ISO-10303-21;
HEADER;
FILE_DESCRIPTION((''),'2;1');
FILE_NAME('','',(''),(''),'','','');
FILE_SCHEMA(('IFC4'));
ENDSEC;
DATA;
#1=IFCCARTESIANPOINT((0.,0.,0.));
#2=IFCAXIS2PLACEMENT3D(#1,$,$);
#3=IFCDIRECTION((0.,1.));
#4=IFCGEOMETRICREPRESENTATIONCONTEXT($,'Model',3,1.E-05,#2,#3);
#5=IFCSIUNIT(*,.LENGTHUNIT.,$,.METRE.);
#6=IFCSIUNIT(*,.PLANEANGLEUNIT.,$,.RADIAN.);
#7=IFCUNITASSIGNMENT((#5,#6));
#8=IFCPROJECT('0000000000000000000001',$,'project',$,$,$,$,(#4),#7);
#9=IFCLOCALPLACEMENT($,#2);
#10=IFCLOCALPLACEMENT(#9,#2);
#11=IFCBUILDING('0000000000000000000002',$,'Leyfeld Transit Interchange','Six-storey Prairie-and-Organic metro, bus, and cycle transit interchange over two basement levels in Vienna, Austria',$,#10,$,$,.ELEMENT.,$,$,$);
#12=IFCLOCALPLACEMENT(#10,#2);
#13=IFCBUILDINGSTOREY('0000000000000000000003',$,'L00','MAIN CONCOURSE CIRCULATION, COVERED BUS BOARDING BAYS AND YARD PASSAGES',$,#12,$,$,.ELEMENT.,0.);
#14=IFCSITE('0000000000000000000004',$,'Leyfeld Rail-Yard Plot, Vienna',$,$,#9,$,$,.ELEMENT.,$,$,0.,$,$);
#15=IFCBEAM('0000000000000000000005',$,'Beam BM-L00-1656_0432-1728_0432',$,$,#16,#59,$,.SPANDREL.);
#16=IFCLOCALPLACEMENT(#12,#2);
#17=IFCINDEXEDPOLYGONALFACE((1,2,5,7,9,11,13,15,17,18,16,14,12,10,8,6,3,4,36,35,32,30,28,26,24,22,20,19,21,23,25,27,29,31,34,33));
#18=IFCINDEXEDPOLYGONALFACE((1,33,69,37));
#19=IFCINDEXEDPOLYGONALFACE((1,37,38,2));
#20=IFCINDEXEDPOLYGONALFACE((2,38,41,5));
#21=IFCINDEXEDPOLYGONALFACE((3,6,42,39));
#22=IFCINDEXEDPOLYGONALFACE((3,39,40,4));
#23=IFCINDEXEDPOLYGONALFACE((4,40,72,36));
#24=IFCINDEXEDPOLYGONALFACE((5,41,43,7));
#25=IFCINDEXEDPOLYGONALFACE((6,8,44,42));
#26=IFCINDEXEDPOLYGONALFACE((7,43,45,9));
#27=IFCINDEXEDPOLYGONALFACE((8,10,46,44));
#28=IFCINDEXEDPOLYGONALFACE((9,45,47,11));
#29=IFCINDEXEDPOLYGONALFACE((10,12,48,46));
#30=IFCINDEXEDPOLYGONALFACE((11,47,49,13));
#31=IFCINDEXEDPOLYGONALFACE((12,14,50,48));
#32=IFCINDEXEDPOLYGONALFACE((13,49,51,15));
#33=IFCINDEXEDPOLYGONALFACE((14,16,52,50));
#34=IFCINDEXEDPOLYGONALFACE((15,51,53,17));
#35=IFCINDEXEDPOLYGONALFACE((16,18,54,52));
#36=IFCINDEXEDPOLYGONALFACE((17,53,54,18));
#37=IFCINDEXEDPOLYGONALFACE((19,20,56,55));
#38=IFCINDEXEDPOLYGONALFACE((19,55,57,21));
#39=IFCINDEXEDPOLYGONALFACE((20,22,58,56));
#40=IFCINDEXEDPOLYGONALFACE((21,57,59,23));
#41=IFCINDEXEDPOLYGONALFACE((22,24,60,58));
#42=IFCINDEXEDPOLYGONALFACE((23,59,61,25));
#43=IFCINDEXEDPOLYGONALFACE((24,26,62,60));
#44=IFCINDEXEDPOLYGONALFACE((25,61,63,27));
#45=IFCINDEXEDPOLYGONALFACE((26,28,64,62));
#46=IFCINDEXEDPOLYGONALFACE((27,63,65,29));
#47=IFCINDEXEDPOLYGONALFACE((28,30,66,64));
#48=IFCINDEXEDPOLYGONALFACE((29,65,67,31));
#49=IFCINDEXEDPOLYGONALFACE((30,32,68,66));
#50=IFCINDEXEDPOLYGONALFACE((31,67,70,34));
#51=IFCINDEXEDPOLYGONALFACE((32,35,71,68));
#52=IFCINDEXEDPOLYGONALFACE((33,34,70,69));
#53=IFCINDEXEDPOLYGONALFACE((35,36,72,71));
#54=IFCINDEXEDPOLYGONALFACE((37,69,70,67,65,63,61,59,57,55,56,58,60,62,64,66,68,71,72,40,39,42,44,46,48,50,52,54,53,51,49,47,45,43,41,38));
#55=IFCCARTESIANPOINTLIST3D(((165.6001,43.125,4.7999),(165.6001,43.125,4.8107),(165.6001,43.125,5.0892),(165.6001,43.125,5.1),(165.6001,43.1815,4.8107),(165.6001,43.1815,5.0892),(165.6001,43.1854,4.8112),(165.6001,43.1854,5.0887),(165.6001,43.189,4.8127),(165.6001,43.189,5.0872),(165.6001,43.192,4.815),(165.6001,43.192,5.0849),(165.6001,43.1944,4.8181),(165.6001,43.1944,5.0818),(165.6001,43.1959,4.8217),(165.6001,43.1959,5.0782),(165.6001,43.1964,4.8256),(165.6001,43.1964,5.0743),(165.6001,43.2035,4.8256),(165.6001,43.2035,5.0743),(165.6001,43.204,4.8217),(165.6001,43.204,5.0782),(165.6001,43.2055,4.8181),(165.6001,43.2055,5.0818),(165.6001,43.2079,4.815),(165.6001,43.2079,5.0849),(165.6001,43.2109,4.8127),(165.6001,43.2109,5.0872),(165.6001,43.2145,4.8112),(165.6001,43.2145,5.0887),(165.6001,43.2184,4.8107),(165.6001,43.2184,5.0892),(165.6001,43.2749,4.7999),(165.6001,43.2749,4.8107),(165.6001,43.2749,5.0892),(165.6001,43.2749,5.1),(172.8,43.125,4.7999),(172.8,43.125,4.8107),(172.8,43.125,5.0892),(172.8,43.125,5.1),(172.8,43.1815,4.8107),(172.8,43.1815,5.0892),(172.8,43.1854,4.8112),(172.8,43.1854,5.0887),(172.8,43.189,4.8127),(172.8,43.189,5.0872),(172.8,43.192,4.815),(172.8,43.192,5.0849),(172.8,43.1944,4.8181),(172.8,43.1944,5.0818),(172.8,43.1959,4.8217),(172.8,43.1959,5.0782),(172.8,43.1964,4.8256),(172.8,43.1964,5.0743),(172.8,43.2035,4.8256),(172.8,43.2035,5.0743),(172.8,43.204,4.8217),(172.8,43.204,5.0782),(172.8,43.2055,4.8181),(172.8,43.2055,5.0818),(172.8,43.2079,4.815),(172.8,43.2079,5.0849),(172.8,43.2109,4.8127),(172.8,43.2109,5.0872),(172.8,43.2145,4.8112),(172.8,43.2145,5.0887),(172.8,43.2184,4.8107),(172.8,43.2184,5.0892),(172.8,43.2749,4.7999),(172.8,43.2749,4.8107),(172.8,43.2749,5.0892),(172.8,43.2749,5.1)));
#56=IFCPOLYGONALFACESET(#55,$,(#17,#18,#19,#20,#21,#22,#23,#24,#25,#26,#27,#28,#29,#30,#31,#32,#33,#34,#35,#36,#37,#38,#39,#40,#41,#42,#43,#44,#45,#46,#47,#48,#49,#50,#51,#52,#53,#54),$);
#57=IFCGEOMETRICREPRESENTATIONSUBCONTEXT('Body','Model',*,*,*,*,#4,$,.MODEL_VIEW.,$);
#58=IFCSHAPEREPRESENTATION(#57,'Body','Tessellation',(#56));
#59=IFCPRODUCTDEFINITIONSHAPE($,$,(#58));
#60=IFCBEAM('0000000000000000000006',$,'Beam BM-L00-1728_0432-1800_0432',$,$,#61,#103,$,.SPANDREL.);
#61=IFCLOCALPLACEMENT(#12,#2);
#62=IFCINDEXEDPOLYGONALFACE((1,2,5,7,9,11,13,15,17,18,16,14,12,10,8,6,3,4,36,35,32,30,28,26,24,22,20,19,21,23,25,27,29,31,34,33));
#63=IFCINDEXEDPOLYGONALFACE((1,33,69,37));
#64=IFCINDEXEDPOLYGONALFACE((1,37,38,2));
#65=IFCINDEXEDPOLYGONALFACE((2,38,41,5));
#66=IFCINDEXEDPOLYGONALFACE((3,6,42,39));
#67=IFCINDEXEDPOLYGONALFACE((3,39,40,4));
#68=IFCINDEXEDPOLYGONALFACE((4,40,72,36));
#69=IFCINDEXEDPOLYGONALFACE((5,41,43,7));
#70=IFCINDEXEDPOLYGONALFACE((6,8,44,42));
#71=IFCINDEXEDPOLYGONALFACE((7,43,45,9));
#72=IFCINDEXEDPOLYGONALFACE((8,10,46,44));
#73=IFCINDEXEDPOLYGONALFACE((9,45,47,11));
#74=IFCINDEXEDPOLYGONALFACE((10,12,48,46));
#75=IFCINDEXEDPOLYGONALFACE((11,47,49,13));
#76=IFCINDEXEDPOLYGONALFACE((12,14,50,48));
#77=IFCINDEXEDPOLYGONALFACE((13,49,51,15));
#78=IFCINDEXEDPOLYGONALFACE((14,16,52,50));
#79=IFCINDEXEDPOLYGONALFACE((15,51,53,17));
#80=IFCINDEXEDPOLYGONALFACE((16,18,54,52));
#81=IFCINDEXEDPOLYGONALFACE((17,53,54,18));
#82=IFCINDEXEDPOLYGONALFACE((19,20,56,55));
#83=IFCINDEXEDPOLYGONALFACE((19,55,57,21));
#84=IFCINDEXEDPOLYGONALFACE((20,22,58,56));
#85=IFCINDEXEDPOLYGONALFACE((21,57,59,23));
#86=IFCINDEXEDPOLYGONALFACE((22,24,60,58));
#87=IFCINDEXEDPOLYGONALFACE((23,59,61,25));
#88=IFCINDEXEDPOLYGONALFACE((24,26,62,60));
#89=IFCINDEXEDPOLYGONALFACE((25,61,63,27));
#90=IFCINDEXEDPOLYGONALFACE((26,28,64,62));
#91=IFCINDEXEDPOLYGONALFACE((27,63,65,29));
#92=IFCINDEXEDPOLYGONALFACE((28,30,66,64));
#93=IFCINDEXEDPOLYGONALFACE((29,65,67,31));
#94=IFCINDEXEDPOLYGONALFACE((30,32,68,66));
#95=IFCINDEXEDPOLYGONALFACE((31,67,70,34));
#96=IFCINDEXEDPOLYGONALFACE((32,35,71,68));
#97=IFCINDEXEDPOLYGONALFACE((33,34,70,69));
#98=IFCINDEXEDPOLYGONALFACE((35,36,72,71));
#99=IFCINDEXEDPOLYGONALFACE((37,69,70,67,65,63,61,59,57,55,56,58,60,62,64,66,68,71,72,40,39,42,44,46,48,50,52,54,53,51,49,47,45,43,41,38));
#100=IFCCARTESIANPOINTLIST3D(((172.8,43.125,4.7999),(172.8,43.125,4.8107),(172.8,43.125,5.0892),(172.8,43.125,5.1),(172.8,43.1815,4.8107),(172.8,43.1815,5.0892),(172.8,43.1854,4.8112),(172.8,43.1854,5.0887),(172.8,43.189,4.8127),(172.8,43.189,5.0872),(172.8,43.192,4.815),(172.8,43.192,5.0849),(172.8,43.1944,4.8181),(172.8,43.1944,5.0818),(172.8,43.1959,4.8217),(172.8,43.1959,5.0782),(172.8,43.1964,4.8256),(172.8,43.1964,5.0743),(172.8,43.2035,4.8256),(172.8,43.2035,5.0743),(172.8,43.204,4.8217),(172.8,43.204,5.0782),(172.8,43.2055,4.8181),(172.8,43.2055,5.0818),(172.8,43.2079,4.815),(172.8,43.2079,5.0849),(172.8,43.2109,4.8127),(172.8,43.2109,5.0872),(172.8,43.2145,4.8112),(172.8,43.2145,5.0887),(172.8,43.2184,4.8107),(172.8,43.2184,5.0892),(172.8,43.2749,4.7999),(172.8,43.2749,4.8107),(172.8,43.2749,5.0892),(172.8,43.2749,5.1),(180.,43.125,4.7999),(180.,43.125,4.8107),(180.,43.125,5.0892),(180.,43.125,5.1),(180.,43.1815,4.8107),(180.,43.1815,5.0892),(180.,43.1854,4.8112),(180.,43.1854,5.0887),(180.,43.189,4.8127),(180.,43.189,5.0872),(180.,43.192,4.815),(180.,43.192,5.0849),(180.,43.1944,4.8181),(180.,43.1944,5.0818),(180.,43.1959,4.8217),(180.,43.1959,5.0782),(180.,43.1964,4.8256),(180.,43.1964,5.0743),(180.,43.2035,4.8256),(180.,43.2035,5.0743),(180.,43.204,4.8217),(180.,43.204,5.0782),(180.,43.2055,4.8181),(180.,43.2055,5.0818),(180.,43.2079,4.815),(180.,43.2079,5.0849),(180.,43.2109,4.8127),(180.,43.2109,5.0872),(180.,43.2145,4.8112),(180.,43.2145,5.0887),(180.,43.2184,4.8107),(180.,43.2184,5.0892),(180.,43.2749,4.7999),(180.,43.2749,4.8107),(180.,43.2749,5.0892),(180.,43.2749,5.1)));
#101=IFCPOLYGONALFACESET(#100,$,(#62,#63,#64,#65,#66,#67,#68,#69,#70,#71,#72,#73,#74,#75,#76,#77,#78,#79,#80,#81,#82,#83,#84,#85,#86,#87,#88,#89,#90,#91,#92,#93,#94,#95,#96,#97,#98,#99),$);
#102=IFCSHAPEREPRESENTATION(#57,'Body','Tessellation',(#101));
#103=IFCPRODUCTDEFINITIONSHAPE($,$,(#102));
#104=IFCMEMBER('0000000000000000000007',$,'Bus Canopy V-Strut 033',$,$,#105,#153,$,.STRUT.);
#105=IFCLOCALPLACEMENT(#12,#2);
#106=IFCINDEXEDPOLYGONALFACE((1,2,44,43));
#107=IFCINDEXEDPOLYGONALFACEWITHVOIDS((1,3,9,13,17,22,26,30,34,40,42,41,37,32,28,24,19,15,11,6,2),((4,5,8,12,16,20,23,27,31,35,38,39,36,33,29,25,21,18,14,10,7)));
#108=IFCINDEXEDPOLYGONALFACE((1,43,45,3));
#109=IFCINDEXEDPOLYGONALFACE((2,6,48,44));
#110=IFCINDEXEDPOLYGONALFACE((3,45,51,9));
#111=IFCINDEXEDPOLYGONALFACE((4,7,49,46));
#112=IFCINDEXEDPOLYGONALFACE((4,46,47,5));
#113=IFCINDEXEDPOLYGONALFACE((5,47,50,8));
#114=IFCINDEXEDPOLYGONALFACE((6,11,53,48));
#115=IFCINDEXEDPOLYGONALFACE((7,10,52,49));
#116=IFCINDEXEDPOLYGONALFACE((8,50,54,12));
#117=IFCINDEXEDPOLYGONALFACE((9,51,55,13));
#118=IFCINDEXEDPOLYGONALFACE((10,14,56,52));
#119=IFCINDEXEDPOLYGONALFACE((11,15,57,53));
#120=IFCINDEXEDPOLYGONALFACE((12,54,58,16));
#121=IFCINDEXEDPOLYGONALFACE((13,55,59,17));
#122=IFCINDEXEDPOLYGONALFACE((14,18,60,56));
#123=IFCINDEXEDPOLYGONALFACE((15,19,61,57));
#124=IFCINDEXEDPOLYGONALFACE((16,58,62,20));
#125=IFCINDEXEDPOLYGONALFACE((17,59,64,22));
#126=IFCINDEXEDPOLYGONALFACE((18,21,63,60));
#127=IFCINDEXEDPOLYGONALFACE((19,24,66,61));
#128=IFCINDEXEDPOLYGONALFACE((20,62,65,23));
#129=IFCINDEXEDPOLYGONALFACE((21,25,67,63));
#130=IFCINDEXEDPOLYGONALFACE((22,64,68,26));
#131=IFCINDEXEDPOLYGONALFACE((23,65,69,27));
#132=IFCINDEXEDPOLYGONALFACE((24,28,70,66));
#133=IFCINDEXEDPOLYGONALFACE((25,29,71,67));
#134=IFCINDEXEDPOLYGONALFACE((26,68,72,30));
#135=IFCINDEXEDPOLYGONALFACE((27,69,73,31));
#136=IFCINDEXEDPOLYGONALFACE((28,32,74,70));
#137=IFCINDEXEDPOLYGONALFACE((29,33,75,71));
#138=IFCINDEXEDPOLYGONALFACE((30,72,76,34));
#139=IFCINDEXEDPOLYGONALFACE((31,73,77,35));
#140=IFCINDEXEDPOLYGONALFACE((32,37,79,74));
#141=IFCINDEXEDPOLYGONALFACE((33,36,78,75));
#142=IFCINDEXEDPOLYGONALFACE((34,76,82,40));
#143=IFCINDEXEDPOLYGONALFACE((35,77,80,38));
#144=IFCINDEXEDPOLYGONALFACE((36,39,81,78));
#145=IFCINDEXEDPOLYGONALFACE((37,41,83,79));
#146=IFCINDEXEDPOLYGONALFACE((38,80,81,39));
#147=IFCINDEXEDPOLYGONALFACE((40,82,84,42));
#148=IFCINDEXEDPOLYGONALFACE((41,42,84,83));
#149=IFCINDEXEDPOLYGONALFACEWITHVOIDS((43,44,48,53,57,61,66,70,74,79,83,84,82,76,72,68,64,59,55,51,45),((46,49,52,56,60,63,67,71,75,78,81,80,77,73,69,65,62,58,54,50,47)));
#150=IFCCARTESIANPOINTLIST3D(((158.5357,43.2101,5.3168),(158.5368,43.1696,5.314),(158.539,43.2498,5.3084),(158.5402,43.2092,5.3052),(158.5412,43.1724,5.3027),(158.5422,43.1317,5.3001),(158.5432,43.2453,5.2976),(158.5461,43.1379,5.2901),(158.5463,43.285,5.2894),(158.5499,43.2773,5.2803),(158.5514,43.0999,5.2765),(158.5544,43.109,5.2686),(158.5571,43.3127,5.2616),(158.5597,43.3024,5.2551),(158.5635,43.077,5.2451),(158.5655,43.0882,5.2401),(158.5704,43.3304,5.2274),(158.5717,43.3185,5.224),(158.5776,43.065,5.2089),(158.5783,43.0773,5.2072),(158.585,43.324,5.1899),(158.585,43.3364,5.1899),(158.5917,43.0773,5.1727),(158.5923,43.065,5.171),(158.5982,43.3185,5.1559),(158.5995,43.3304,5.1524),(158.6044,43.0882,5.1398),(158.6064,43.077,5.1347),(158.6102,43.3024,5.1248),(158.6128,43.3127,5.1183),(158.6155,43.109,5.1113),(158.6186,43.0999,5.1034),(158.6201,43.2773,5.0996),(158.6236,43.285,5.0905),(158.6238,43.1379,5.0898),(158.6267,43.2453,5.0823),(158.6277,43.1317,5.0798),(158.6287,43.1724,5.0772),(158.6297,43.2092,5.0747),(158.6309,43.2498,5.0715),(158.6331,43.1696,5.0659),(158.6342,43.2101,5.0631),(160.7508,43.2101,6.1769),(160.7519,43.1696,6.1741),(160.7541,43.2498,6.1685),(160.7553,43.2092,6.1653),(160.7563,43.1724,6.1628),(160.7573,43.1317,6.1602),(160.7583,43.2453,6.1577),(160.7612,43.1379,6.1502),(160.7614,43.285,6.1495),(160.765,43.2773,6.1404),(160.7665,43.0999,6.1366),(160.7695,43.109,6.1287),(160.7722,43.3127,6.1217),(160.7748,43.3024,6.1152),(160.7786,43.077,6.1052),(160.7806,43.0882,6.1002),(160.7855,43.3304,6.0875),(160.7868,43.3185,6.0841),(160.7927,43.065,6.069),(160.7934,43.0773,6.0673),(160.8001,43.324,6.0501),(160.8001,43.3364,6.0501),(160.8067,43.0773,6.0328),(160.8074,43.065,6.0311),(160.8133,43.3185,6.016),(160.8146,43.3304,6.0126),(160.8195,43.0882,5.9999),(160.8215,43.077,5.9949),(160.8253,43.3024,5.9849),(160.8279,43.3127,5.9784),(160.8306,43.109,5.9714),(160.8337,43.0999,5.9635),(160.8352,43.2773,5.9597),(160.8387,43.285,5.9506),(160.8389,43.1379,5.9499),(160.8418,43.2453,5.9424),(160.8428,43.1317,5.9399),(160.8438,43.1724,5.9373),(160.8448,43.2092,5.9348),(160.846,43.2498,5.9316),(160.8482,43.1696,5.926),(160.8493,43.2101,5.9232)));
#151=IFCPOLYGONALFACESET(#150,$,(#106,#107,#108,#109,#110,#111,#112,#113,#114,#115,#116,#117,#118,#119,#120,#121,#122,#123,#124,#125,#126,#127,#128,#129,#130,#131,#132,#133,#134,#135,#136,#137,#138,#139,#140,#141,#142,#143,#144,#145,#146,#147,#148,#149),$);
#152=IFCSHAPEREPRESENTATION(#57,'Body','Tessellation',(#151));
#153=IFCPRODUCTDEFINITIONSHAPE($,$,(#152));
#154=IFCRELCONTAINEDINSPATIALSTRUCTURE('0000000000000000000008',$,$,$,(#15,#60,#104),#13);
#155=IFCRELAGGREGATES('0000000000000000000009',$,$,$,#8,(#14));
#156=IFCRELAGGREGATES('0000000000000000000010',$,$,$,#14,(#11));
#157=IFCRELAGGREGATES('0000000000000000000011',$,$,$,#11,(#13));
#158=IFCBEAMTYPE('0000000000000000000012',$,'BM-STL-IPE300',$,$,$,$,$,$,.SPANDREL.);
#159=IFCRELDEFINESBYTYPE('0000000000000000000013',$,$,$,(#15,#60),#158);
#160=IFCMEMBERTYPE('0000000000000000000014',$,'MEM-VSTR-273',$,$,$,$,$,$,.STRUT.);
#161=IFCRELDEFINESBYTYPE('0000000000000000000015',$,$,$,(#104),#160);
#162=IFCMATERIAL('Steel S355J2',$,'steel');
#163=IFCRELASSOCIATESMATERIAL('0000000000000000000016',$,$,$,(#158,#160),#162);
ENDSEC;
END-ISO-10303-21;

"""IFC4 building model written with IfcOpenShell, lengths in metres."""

from ifc_helpers import new_model, si_unit, direction, frame, origin, origin_2d, place, context, subcontext, project, spatial, hollow_circle, i_section, extrude, material, material_profile, profile_set, type_object, element, save


model = new_model("IFC4")

# Units and contexts
model_context = context("Model", 3, precision=1e-05, world=origin(), true_north=direction((0.0, 1.0)))
body_context = subcontext(model_context, "Body", "Model", "MODEL_VIEW")
ifc_project = project(units=[si_unit("LENGTHUNIT", "METRE"), si_unit("PLANEANGLEUNIT", "RADIAN")], contexts=[model_context])

# Site, building, storey
site_placement = place(None, origin())
site = spatial("IfcSite", under=ifc_project, at=site_placement, Name="Leyfeld Rail-Yard Plot, Vienna", CompositionType="ELEMENT", RefElevation=0.0)
building_placement = place(site_placement, origin())
building = spatial("IfcBuilding", under=site, at=building_placement, Name="Leyfeld Transit Interchange", Description="Six-storey Prairie-and-Organic metro, bus, and cycle transit interchange over two basement levels in Vienna, Austria", CompositionType="ELEMENT")
storey_placement = place(building_placement, origin())
storey = spatial("IfcBuildingStorey", under=building, at=storey_placement, Name="L00", Description="MAIN CONCOURSE CIRCULATION, COVERED BUS BOARDING BAYS AND YARD PASSAGES", CompositionType="ELEMENT", Elevation=0.0)

# Shared definitions
ifc_material_1 = material(Name="Steel S355J2", Category="steel")

# Beams
ifc_material_profile_1 = material_profile(ifc_material_1, i_section(OverallWidth=0.1499, OverallDepth=0.3, WebThickness=0.0071, FlangeThickness=0.0107, FilletRadius=0.0149, at=origin_2d()), Name="IPE 300")
ifc_profile_set_1 = profile_set([ifc_material_profile_1], Name="Steel S355J2")
beam_type_1 = type_object("IfcBeamType", Name="BM-STL-IPE300", PredefinedType="SPANDREL", material=ifc_profile_set_1)
for number, where, z_axis, x_axis, name in (
    (1, (165.6001, 43.2, 4.95), (1.0, 0.0, 0.0), (0.0, 1.0, 0.0), "Beam BM-L00-1656_0432-1728_0432"),
    (2, (172.8, 43.2, 4.95), (1.0, 0.0, 0.0), (0.0, 1.0, 0.0), "Beam BM-L00-1728_0432-1800_0432"),
):
    element("IfcBeam", number, at=place(storey_placement, frame(where, z_axis=z_axis, x_axis=x_axis)), inside=storey, type_object=beam_type_1, Name=name, PredefinedType="SPANDREL", context=body_context, shape_type="SweptSolid", body=[
        extrude(i_section(OverallWidth=0.1499, OverallDepth=0.3, WebThickness=0.0071, FlangeThickness=0.0107, FilletRadius=0.0149, at=origin_2d()), origin(), (0.0, 0.0, 1.0), 7.2),
    ])

# Member
ifc_material_profile_2 = material_profile(ifc_material_1, hollow_circle(Radius=0.1365, WallThickness=0.0125, at=origin_2d()), Name="CHS 273x12.5")
ifc_profile_set_2 = profile_set([ifc_material_profile_2], Name="Steel S355J2")
member_type_1 = type_object("IfcMemberType", Name="MEM-VSTR-273", PredefinedType="STRUT", material=ifc_profile_set_2)
member_1_placement = place(storey_placement, frame((158.585, 43.2, 5.1899), z_axis=(0.932192, 0.0, 0.361965), x_axis=(0.0, 1.0, 0.0)))
element("IfcMember", 3, at=member_1_placement, inside=storey, type_object=member_type_1, Name="Bus Canopy V-Strut 033", PredefinedType="STRUT", context=body_context, shape_type="SweptSolid", body=[
    extrude(hollow_circle(Radius=0.1365, WallThickness=0.0125, at=origin_2d()), origin(), (0.0, 0.0, 1.0), 2.3762),
])

save(model, "model.ifc")
